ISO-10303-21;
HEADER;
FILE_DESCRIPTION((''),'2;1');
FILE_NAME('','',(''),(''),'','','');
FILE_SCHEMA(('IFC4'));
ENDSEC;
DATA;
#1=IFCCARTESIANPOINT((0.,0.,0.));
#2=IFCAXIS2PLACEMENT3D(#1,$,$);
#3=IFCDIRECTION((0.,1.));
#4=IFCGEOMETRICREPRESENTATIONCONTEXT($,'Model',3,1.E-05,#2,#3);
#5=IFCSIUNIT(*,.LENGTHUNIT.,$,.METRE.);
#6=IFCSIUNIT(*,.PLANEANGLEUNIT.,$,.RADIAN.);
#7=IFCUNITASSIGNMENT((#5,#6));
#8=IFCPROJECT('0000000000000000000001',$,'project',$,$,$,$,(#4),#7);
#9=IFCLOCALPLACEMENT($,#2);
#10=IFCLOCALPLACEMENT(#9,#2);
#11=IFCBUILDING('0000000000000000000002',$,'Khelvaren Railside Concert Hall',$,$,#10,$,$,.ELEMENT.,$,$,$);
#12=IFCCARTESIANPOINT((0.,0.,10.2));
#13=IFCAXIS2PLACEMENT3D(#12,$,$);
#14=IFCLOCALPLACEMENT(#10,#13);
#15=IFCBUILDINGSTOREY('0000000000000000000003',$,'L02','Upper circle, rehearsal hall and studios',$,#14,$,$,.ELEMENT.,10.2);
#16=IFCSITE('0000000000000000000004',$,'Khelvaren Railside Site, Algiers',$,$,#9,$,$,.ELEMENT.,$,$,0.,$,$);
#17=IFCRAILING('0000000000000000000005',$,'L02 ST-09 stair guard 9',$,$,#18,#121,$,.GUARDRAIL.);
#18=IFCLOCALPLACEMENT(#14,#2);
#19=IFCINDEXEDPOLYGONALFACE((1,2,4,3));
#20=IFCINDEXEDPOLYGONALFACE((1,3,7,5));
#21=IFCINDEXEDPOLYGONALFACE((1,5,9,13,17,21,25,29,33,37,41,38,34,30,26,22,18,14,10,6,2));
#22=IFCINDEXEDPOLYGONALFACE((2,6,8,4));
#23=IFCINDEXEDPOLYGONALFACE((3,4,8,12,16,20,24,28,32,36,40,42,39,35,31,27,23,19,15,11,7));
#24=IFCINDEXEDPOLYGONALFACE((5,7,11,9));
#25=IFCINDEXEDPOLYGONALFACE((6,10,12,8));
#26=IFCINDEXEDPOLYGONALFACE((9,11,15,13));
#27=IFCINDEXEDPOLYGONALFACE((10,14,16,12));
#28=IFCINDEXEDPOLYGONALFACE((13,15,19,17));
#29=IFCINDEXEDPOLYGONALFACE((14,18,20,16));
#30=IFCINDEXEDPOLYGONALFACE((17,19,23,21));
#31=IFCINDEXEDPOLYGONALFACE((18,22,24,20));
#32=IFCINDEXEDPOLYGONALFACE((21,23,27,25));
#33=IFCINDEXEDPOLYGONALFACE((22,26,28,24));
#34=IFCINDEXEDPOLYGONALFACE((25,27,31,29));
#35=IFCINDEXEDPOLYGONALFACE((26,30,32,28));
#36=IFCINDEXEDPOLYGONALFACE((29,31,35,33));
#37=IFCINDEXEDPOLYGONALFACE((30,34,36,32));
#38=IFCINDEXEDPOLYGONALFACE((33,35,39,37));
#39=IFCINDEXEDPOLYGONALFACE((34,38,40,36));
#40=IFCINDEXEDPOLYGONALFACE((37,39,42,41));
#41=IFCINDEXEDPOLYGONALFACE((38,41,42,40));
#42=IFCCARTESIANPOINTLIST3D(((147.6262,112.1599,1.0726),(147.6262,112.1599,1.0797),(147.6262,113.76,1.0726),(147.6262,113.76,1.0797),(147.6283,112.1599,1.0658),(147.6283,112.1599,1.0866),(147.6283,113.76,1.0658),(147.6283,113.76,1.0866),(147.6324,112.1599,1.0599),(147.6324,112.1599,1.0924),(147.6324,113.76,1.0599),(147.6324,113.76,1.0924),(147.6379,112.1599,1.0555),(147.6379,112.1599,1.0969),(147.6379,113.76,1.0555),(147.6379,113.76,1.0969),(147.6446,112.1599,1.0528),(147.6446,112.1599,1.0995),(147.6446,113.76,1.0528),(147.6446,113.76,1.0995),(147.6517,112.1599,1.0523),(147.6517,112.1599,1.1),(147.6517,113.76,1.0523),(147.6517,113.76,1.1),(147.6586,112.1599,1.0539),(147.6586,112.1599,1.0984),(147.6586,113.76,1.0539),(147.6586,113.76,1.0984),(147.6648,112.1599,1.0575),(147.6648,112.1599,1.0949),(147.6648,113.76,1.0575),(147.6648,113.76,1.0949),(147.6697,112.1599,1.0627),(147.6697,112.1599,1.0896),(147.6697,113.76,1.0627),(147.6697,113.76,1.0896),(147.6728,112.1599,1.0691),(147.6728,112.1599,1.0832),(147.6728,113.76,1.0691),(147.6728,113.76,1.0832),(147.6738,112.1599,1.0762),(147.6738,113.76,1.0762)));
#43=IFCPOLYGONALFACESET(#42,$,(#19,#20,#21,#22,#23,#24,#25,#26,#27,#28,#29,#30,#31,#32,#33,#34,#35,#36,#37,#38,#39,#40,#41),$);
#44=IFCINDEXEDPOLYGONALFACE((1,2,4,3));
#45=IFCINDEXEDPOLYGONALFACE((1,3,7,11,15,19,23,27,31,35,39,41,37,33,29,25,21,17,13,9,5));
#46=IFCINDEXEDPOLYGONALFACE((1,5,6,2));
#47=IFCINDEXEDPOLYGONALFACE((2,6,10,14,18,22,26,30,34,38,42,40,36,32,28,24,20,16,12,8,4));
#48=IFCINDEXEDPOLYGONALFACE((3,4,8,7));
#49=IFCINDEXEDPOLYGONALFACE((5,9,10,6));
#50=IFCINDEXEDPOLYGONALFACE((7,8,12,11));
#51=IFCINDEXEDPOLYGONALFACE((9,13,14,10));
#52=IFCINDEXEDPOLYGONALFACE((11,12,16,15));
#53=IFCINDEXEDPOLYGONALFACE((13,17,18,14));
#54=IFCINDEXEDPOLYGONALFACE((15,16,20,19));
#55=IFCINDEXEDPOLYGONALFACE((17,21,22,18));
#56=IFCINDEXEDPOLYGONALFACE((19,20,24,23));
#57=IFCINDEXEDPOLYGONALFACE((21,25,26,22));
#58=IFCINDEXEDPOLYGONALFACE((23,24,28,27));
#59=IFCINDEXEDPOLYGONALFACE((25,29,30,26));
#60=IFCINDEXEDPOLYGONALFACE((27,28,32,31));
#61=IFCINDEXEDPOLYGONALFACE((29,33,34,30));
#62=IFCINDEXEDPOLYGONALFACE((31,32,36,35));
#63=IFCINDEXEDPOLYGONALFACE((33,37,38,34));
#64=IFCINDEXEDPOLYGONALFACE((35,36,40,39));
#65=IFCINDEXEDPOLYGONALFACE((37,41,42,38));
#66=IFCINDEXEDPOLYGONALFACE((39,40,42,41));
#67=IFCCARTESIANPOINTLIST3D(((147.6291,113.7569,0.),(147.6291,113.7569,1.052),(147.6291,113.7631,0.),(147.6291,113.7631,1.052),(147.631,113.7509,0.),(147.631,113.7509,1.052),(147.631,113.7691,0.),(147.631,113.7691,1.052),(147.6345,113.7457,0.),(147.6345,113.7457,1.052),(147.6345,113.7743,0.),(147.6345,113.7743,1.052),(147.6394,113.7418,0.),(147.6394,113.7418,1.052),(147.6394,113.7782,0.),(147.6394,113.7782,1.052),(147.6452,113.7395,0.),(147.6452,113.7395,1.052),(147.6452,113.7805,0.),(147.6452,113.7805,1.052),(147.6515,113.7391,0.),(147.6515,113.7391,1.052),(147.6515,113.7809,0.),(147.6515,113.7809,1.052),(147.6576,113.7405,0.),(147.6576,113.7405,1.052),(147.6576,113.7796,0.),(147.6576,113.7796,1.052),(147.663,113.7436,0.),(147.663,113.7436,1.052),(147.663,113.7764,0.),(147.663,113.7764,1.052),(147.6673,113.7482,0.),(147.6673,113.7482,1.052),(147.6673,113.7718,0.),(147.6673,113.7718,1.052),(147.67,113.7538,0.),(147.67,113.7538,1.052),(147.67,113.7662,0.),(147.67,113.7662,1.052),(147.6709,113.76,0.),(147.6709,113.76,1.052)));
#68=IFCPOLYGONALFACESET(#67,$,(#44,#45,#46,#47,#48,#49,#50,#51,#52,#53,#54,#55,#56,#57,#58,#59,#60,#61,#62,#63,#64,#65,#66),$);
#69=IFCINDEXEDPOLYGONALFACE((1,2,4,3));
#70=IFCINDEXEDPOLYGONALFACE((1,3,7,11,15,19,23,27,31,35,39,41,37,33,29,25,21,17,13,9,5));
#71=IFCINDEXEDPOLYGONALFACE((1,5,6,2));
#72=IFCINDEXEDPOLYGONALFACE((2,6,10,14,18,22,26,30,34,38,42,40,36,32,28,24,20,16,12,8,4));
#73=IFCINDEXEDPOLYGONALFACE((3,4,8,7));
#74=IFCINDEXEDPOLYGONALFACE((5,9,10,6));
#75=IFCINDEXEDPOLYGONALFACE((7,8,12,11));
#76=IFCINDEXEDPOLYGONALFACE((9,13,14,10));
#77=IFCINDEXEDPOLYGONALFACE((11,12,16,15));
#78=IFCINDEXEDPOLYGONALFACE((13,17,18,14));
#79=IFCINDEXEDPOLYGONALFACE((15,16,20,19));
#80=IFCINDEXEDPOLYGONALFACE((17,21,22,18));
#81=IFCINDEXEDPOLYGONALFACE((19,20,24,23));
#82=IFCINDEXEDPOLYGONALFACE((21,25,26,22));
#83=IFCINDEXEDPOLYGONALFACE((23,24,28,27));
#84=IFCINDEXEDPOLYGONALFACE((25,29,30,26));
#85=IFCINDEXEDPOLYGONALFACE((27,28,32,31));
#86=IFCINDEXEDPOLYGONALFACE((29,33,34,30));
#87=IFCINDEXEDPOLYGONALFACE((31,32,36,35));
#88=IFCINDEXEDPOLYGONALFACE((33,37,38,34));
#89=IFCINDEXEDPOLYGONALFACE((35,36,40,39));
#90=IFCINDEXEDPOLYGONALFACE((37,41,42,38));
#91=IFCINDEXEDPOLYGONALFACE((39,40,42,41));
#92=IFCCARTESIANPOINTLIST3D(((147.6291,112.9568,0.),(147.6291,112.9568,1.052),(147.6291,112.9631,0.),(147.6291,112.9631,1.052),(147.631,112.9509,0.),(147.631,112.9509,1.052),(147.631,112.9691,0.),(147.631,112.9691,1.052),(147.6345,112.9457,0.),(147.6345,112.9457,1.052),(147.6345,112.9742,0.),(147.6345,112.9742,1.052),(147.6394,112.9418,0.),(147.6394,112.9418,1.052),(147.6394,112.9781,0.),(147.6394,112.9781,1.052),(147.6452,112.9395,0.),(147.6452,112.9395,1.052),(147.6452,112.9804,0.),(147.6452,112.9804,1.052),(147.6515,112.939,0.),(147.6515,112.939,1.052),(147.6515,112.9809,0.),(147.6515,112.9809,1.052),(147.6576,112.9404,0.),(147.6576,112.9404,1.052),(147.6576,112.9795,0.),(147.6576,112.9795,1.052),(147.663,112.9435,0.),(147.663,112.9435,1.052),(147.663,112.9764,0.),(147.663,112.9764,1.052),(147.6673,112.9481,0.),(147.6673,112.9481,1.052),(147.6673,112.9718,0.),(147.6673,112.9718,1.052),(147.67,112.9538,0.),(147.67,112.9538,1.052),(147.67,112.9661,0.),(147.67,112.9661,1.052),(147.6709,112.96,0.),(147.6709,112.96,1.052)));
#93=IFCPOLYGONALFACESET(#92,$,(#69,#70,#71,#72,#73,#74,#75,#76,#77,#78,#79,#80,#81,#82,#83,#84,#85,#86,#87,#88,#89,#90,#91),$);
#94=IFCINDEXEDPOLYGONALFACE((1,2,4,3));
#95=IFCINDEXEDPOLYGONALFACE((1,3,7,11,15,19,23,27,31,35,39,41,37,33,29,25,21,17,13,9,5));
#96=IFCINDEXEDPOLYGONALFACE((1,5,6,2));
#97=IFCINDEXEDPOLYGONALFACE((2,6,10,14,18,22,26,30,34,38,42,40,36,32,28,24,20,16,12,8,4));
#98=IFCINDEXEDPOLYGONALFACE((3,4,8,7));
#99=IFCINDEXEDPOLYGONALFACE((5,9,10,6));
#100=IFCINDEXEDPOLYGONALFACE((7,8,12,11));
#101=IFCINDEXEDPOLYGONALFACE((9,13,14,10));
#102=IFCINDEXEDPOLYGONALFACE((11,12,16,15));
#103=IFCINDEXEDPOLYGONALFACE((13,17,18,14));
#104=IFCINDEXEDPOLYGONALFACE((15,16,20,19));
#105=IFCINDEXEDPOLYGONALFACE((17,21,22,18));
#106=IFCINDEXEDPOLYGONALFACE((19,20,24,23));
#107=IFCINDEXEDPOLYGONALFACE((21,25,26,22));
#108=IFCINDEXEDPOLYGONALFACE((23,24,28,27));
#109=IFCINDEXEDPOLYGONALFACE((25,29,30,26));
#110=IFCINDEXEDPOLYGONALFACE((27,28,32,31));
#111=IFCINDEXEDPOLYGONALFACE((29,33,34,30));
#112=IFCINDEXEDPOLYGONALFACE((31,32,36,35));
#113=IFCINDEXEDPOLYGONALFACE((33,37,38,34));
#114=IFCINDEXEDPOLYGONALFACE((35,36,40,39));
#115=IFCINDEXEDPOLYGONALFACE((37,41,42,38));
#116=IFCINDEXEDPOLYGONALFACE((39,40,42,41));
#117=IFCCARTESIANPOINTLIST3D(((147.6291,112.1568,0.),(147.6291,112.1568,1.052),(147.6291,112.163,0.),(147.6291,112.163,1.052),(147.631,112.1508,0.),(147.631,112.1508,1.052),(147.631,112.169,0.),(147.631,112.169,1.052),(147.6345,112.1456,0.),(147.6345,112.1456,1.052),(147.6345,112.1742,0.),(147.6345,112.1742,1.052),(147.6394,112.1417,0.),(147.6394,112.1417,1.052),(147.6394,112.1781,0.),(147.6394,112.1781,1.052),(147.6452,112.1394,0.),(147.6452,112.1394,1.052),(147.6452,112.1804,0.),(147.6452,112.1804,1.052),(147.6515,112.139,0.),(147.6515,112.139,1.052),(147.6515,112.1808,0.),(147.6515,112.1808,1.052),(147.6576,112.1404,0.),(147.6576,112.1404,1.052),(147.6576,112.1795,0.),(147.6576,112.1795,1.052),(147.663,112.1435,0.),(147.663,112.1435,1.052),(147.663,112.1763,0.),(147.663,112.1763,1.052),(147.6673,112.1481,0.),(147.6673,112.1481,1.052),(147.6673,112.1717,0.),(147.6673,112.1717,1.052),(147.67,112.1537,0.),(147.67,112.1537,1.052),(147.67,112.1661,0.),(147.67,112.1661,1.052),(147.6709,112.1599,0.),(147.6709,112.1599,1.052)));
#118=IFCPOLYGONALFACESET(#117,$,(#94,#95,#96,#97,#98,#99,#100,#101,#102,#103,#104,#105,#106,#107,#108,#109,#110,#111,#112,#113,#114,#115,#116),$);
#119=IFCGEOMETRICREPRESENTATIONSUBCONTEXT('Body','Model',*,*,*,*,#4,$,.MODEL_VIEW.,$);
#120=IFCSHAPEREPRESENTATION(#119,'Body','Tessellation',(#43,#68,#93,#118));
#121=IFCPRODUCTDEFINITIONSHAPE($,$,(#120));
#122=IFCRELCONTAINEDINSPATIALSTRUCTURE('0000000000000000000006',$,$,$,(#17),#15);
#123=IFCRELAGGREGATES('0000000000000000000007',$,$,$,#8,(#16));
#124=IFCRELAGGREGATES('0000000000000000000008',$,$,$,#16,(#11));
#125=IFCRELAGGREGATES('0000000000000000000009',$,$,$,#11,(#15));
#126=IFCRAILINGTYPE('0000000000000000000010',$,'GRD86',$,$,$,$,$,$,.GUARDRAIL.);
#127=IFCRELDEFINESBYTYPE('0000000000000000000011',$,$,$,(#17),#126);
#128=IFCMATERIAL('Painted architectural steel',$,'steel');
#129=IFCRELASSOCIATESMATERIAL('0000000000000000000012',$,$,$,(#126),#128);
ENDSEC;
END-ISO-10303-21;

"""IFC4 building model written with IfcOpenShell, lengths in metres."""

from ifc_helpers import new_model, si_unit, direction, frame, origin, origin_2d, place, context, subcontext, project, spatial, circle, extrude, material, type_object, element, save


model = new_model("IFC4")

# Units and contexts
model_context = context("Model", 3, precision=1e-05, world=origin(), true_north=direction((0.0, 1.0)))
body_context = subcontext(model_context, "Body", "Model", "MODEL_VIEW")
ifc_project = project(units=[si_unit("LENGTHUNIT", "METRE"), si_unit("PLANEANGLEUNIT", "RADIAN")], contexts=[model_context])

# Site, building, storey
site_placement = place(None, origin())
site = spatial("IfcSite", under=ifc_project, at=site_placement, Name="Khelvaren Railside Site, Algiers", CompositionType="ELEMENT", RefElevation=0.0)
building_placement = place(site_placement, origin())
building = spatial("IfcBuilding", under=site, at=building_placement, Name="Khelvaren Railside Concert Hall", CompositionType="ELEMENT")
storey_placement = place(building_placement, frame((0.0, 0.0, 10.2)))
storey = spatial("IfcBuildingStorey", under=building, at=storey_placement, Name="L02", Description="Upper circle, rehearsal hall and studios", CompositionType="ELEMENT", Elevation=10.2)

# Railing
ifc_material_1 = material(Name="Painted architectural steel", Category="steel")
railing_type_1 = type_object("IfcRailingType", Name="GRD86", PredefinedType="GUARDRAIL", material=ifc_material_1)
for number, where, name in (
    (1, (147.6499, 113.76, 0.0), "L02 ST-09 stair guard 9"),
):
    element("IfcRailing", number, at=place(storey_placement, frame(where)), inside=storey, type_object=railing_type_1, Name=name, PredefinedType="GUARDRAIL", context=body_context, shape_type="SweptSolid", body=[
        extrude(circle(Radius=0.0239, at=origin_2d()), frame((0.0, 0.0, 1.0762), z_axis=(0.0, -1.0, 0.0), x_axis=(1.0, 0.0, 0.0)), (0.0, 0.0, 1.0), 1.6001),
        extrude(circle(Radius=0.021, at=origin_2d()), origin(), (0.0, 0.0, 1.0), 1.052),
        extrude(circle(Radius=0.021, at=origin_2d()), frame((0.0, -0.8, 0.0)), (0.0, 0.0, 1.0), 1.052),
        extrude(circle(Radius=0.021, at=origin_2d()), frame((0.0, -1.6001, 0.0)), (0.0, 0.0, 1.0), 1.052),
    ])

save(model, "model.ifc")
